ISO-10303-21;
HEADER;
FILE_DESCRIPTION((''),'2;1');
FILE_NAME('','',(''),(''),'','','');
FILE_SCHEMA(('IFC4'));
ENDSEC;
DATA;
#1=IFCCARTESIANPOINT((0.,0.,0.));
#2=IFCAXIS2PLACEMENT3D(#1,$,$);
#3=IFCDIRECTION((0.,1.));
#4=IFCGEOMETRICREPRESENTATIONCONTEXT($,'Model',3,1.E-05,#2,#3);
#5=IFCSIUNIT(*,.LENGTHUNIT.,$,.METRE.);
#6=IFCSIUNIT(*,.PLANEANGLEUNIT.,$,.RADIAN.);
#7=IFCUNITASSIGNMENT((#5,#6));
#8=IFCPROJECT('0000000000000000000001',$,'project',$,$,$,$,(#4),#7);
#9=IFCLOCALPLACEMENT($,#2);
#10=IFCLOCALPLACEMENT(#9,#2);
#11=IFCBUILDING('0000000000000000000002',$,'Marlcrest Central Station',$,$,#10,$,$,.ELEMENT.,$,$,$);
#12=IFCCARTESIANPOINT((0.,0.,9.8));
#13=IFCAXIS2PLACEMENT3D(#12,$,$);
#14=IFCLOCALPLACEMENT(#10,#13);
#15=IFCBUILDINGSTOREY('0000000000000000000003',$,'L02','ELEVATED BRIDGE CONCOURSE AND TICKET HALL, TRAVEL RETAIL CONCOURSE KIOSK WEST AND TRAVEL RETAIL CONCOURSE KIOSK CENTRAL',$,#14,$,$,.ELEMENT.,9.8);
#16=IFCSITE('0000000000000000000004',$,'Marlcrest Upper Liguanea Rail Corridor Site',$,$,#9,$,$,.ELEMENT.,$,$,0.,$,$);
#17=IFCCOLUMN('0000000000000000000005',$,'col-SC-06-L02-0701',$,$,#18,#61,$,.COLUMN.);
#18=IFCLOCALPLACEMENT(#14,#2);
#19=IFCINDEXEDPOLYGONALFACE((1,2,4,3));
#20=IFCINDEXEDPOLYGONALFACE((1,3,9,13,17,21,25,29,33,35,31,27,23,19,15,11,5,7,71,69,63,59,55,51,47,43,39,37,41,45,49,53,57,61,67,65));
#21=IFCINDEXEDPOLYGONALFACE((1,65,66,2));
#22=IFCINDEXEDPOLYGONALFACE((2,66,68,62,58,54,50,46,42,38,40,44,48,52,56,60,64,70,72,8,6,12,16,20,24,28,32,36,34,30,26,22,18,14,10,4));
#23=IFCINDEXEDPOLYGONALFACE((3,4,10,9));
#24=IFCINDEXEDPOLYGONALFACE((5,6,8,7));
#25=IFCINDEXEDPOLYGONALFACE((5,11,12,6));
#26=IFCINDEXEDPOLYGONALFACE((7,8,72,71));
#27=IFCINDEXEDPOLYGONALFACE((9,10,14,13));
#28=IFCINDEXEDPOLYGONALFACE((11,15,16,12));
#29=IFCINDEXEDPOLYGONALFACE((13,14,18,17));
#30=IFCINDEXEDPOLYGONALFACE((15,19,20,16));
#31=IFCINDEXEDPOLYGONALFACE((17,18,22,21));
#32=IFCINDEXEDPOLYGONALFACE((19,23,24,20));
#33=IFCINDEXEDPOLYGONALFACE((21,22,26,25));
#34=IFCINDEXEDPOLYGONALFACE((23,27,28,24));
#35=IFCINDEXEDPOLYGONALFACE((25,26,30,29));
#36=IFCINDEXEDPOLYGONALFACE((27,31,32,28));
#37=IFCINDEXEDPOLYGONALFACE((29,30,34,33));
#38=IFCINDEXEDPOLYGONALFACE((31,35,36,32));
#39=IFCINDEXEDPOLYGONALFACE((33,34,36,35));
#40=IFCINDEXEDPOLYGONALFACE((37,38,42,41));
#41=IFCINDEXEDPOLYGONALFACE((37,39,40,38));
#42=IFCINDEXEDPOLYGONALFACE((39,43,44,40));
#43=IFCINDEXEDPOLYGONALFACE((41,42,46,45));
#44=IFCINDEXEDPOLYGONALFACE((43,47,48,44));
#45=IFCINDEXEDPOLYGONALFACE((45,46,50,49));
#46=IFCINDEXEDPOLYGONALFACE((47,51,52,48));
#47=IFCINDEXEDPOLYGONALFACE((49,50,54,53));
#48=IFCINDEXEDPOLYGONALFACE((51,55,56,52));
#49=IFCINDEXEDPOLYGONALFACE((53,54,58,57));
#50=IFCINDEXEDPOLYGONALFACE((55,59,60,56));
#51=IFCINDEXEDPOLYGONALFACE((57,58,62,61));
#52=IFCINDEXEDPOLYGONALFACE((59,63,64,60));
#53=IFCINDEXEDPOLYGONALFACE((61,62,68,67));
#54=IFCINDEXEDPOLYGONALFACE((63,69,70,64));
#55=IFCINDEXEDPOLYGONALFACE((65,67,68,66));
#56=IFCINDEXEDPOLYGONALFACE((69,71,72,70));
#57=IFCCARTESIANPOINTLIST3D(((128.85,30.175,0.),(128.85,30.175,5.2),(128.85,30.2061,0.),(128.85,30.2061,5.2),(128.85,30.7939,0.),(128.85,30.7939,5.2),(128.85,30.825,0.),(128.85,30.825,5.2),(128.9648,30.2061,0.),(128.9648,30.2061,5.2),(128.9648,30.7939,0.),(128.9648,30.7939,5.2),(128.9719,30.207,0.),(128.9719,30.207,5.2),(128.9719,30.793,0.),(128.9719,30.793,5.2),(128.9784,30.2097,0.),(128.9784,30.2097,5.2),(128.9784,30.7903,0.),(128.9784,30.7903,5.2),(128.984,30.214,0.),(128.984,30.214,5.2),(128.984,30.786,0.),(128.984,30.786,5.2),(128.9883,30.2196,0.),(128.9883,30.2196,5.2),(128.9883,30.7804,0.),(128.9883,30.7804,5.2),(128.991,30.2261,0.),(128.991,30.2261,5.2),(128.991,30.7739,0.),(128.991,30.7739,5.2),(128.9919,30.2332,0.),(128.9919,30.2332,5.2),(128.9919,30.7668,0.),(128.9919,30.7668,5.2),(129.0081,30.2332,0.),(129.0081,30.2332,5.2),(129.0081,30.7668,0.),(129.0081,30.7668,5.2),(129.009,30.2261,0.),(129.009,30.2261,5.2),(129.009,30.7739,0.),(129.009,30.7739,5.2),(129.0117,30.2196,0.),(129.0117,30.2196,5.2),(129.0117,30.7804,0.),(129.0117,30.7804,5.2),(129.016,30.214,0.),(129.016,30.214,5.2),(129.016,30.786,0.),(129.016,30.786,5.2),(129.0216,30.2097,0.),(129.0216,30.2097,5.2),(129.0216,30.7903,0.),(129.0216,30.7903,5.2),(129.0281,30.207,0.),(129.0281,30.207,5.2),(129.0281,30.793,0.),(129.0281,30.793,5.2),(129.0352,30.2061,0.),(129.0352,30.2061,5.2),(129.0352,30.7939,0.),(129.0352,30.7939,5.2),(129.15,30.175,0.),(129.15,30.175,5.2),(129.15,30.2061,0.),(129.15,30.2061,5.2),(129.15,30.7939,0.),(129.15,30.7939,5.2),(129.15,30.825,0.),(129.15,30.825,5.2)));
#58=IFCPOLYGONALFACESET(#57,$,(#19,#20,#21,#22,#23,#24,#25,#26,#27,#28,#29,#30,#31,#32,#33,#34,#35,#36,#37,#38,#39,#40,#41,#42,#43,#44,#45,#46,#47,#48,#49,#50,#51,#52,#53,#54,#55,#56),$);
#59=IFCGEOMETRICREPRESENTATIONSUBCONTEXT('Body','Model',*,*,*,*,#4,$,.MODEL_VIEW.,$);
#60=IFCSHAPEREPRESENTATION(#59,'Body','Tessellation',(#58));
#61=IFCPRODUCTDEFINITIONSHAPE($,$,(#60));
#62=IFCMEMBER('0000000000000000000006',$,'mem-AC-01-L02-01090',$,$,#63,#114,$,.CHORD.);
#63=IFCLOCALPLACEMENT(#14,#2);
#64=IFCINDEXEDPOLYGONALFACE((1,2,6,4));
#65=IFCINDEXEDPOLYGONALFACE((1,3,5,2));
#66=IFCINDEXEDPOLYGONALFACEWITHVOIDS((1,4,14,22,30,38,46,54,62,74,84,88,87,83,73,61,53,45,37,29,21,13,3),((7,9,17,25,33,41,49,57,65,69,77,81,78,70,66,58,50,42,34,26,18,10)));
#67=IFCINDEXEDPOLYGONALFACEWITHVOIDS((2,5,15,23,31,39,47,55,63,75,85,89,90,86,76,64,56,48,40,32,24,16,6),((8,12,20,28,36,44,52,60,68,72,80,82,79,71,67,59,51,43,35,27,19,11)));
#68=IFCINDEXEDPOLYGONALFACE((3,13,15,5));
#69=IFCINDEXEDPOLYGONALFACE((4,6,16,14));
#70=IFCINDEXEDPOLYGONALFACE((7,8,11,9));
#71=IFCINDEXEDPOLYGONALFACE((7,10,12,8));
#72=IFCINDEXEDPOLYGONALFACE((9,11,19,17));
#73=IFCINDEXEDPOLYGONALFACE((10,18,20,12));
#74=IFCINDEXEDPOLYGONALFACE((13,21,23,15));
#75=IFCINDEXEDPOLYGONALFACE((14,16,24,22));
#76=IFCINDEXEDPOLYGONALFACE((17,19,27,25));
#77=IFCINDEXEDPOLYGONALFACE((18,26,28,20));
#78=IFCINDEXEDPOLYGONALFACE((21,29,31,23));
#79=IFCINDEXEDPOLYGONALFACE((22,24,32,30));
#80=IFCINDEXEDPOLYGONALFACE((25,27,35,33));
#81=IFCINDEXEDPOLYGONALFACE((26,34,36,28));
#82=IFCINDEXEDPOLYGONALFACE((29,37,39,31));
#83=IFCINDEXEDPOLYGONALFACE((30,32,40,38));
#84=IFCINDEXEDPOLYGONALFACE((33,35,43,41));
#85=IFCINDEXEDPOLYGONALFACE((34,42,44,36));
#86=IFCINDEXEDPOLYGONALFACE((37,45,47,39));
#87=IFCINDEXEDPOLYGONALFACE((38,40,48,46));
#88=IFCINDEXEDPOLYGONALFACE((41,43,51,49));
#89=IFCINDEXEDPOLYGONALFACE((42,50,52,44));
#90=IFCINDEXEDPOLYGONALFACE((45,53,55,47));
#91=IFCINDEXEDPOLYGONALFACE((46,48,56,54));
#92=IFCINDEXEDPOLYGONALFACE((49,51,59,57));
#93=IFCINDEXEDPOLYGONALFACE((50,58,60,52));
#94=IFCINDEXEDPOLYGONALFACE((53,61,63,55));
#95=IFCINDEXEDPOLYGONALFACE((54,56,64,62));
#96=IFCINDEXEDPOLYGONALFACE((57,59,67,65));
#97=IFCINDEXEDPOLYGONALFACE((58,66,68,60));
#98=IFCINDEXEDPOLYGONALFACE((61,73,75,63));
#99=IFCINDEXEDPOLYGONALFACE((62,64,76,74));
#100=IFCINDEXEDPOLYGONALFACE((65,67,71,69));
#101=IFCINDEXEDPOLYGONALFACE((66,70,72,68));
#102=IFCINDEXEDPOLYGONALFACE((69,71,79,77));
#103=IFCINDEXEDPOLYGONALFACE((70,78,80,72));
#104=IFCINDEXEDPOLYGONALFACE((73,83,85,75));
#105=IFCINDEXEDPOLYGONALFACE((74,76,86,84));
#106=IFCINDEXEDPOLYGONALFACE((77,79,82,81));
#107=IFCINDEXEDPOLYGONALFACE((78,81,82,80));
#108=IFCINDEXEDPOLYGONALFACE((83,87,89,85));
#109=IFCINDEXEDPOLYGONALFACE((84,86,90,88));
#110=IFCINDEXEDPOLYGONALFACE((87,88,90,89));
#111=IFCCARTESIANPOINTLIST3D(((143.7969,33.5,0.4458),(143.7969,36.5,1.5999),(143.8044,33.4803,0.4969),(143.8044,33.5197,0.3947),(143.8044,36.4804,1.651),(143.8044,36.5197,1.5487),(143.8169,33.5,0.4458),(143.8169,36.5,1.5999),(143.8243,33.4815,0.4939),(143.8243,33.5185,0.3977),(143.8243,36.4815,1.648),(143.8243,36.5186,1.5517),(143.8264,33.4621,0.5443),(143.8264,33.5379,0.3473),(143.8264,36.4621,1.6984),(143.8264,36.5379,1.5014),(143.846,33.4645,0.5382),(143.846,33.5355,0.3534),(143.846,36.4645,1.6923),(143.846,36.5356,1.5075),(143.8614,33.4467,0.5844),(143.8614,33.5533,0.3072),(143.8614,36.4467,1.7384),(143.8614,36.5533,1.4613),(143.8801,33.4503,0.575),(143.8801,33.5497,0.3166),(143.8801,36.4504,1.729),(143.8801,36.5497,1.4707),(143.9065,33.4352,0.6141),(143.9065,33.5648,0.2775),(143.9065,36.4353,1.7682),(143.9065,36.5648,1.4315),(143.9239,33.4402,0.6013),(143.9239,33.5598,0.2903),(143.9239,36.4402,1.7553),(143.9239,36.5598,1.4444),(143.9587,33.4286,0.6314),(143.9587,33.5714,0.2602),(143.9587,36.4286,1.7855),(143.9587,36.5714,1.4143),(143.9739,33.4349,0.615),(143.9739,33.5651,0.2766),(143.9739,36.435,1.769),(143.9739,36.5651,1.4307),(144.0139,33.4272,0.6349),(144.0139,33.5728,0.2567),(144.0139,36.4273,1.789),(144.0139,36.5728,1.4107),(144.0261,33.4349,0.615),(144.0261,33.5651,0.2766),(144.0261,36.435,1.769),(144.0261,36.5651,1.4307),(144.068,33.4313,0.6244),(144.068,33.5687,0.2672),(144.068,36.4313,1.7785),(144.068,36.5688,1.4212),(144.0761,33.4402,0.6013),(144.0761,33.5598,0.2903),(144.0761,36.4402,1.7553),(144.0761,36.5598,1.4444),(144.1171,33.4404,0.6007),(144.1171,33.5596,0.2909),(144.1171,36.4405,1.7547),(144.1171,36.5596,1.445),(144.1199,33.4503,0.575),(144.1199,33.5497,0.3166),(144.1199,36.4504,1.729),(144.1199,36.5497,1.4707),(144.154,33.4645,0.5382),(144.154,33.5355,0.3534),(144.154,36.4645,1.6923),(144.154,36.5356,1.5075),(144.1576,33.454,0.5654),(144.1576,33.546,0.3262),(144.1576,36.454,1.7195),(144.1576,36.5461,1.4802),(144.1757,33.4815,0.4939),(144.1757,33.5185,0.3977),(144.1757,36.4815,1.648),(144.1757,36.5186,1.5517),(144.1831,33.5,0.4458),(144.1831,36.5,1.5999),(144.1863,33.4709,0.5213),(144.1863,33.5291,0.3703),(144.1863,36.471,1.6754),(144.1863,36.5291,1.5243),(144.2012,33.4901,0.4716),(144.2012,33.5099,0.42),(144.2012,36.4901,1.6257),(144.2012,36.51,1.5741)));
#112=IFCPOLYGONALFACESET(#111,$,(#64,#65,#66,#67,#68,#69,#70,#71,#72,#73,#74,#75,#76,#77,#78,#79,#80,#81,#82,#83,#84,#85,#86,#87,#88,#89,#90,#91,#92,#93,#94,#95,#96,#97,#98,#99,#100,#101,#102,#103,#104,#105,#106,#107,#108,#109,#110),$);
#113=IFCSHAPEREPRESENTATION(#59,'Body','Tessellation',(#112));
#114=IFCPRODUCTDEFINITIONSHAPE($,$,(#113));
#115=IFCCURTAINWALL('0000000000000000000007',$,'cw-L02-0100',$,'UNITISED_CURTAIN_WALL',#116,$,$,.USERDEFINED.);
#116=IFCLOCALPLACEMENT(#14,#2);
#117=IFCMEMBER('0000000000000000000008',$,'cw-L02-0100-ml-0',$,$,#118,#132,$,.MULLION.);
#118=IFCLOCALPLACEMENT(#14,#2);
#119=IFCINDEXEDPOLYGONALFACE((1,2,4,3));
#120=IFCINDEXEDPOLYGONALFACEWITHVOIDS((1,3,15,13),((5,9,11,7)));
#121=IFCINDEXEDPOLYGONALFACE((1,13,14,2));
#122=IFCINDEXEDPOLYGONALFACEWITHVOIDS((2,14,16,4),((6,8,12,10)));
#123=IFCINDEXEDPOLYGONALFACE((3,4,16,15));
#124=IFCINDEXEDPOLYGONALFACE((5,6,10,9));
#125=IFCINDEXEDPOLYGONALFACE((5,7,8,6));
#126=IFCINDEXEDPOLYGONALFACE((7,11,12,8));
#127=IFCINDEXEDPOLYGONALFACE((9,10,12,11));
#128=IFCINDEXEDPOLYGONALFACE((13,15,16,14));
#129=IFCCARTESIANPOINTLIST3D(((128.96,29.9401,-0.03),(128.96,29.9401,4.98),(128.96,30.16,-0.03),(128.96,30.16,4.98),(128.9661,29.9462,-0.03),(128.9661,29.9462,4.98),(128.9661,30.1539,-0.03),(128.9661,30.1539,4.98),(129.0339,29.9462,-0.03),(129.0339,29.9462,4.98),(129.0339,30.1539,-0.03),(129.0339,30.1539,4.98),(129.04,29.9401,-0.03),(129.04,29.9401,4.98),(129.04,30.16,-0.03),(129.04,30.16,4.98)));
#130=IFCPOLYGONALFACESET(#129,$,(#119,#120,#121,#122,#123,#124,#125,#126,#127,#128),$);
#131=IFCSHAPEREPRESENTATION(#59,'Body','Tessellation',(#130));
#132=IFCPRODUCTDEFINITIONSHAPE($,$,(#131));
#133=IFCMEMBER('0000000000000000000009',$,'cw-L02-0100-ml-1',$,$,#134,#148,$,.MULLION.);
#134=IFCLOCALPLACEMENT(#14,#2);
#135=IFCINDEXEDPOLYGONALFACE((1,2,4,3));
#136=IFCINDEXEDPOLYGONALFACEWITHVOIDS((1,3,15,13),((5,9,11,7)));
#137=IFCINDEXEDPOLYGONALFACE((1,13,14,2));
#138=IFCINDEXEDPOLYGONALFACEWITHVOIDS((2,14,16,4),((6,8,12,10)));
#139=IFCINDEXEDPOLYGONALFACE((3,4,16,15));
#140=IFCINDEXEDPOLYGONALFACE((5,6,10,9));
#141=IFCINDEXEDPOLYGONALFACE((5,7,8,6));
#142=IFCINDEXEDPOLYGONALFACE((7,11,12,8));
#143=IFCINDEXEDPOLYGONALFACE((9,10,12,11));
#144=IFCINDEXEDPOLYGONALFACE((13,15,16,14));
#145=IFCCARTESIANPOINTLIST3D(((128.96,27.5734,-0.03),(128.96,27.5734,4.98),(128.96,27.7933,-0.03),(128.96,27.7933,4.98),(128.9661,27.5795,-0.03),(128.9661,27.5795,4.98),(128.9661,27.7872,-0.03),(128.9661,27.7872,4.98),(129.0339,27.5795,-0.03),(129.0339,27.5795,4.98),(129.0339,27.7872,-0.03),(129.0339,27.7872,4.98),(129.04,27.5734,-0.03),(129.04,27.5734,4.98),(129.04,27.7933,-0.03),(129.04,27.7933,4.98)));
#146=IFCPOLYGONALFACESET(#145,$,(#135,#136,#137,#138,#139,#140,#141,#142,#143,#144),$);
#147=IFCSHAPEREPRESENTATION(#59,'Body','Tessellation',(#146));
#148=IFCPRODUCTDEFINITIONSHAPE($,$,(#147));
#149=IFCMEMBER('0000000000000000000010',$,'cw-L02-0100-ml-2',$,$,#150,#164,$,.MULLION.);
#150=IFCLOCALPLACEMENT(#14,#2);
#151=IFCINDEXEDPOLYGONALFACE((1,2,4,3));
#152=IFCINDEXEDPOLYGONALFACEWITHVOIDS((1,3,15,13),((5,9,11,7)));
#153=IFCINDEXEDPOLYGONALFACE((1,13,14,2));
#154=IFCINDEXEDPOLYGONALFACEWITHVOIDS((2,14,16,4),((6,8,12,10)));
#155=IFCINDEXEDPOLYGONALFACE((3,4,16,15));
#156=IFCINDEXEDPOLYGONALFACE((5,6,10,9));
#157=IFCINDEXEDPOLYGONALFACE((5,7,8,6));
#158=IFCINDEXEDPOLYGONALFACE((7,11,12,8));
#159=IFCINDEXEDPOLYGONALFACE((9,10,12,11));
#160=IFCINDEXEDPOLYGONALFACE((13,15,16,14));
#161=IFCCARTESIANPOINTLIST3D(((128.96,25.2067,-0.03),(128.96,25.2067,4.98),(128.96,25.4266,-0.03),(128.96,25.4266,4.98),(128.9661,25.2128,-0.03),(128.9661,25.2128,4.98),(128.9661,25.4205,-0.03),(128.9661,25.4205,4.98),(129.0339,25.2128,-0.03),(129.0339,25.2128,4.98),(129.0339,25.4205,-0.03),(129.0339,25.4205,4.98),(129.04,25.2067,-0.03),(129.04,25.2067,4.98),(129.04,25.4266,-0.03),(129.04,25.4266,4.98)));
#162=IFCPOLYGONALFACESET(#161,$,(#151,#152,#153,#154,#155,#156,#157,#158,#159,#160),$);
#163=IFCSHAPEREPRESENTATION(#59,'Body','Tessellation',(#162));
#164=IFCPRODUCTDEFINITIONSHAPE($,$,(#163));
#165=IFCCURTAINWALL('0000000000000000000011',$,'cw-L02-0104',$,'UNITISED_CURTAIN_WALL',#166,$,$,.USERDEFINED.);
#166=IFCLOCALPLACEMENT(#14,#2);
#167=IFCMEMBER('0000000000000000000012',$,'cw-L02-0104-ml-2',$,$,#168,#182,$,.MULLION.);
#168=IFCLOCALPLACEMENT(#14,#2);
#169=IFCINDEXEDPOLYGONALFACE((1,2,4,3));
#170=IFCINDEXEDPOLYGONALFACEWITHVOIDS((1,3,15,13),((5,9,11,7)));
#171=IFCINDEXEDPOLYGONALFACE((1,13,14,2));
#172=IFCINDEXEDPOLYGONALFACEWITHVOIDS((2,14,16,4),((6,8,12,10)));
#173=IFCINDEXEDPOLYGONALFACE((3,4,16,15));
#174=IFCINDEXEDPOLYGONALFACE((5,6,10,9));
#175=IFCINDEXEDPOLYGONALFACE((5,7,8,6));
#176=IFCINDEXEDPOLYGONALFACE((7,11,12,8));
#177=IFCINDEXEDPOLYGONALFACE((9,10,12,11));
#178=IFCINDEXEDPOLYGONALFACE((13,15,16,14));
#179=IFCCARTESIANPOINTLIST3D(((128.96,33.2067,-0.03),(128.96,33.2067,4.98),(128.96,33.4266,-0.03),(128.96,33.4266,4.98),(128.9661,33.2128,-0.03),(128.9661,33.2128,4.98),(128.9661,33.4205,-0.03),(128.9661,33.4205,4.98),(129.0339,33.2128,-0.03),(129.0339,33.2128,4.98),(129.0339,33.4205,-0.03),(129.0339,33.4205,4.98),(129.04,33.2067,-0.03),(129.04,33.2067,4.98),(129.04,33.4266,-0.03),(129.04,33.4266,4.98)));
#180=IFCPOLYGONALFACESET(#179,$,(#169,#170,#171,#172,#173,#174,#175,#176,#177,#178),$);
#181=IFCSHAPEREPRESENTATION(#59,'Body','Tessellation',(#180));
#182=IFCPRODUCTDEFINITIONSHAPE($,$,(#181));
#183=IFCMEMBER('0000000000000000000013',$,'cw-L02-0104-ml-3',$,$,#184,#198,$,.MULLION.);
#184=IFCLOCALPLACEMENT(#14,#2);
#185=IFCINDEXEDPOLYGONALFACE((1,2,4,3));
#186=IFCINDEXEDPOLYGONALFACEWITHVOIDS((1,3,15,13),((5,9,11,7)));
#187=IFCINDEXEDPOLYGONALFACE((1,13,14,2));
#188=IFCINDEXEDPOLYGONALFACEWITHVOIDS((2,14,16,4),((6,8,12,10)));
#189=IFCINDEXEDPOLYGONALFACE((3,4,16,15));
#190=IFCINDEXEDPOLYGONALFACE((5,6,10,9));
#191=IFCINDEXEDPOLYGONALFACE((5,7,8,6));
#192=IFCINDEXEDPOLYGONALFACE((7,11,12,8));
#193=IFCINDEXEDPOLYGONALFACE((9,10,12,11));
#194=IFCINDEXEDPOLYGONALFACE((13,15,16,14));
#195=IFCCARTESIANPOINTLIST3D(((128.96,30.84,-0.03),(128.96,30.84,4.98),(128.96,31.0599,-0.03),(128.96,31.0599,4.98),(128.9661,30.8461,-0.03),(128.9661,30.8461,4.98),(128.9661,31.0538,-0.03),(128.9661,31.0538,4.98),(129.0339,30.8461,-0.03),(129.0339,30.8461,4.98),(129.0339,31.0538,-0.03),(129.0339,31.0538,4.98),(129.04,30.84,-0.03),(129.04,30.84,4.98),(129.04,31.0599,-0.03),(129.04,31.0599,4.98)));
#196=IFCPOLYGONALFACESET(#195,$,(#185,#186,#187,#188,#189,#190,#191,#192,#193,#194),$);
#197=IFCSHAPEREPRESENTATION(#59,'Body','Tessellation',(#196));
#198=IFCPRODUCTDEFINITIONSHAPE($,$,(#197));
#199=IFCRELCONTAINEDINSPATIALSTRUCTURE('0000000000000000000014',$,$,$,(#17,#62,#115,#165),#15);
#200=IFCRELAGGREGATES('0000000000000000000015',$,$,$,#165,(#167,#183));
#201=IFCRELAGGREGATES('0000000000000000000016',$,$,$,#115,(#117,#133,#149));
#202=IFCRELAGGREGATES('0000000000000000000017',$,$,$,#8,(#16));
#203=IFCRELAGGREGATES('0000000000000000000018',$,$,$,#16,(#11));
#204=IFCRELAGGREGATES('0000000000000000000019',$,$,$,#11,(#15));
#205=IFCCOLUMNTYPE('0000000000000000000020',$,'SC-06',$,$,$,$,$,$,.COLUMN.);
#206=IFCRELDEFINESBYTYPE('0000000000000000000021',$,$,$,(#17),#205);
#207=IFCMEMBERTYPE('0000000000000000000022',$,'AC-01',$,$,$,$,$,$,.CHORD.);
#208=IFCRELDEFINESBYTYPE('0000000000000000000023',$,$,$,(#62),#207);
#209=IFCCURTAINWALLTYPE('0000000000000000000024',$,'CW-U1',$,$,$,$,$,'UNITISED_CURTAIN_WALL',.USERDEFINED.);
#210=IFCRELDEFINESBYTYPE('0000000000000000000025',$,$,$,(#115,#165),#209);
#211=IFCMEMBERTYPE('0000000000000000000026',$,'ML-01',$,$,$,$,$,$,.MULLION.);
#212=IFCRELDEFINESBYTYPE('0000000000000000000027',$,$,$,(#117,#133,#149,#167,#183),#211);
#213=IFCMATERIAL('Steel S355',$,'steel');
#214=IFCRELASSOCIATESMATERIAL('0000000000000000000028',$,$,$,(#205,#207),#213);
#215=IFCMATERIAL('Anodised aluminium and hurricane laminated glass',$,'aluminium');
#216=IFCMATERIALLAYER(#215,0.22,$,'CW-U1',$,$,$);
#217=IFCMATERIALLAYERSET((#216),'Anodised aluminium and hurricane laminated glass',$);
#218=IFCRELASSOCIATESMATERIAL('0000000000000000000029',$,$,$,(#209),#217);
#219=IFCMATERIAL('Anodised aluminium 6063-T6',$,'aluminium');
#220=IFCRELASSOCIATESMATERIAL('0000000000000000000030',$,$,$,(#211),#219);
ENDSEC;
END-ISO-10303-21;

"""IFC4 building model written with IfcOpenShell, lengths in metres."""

from ifc_helpers import new_model, si_unit, direction, frame, origin, origin_2d, place, context, subcontext, project, spatial, hollow_rectangle, hollow_circle, i_section, extrude, material, layer, layer_set, material_profile, profile_set, type_object, element, aggregate, save


model = new_model("IFC4")

# Units and contexts
model_context = context("Model", 3, precision=1e-05, world=origin(), true_north=direction((0.0, 1.0)))
body_context = subcontext(model_context, "Body", "Model", "MODEL_VIEW")
ifc_project = project(units=[si_unit("LENGTHUNIT", "METRE"), si_unit("PLANEANGLEUNIT", "RADIAN")], contexts=[model_context])

# Site, building, storey
site_placement = place(None, origin())
site = spatial("IfcSite", under=ifc_project, at=site_placement, Name="Marlcrest Upper Liguanea Rail Corridor Site", CompositionType="ELEMENT", RefElevation=0.0)
building_placement = place(site_placement, origin())
building = spatial("IfcBuilding", under=site, at=building_placement, Name="Marlcrest Central Station", CompositionType="ELEMENT")
storey_placement = place(building_placement, frame((0.0, 0.0, 9.8)))
storey = spatial("IfcBuildingStorey", under=building, at=storey_placement, Name="L02", Description="ELEVATED BRIDGE CONCOURSE AND TICKET HALL, TRAVEL RETAIL CONCOURSE KIOSK WEST AND TRAVEL RETAIL CONCOURSE KIOSK CENTRAL", CompositionType="ELEMENT", Elevation=9.8)

# Column
ifc_material_1 = material(Name="Steel S355", Category="steel")
ifc_material_profile_1 = material_profile(ifc_material_1, i_section(OverallWidth=0.3, OverallDepth=0.6499, WebThickness=0.0161, FlangeThickness=0.031, FilletRadius=0.0271, at=origin_2d()), Name="HEB 650")
ifc_profile_set_1 = profile_set([ifc_material_profile_1], Name="Steel S355")
column_type = type_object("IfcColumnType", Name="SC-06", PredefinedType="COLUMN", material=ifc_profile_set_1)
column_placement = place(storey_placement, frame((129.0, 30.5, 0.0), z_axis=(0.0, 0.0, 1.0), x_axis=(1.0, 0.0, 0.0)))
element("IfcColumn", 1, at=column_placement, inside=storey, type_object=column_type, Name="col-SC-06-L02-0701", PredefinedType="COLUMN", context=body_context, shape_type="SweptSolid", body=[
    extrude(i_section(OverallWidth=0.3, OverallDepth=0.6499, WebThickness=0.0161, FlangeThickness=0.031, FilletRadius=0.0271, at=origin_2d()), origin(), (0.0, 0.0, 1.0), 5.2),
])

# Member
ifc_material_profile_2 = material_profile(ifc_material_1, hollow_circle(Radius=0.2031, WallThickness=0.02, at=origin_2d()), Name="CHS 406.4x20")
ifc_profile_set_2 = profile_set([ifc_material_profile_2], Name="Steel S355")
member_type_1 = type_object("IfcMemberType", Name="AC-01", PredefinedType="CHORD", material=ifc_profile_set_2)
member_1_placement = place(storey_placement, frame((144.0, 33.5, 0.4458), z_axis=(0.0, 0.933324, 0.359035), x_axis=(-1.0, 0.0, 0.0)))
element("IfcMember", 2, at=member_1_placement, inside=storey, type_object=member_type_1, Name="mem-AC-01-L02-01090", PredefinedType="CHORD", context=body_context, shape_type="SweptSolid", body=[
    extrude(hollow_circle(Radius=0.2031, WallThickness=0.02, at=origin_2d()), origin(), (0.0, 0.0, 1.0), 3.2144),
])

# Curtain walls, members
ifc_material_2 = material(Name="Anodised aluminium and hurricane laminated glass", Category="aluminium")
ifc_layer_1 = layer(ifc_material_2, 0.22, Name="CW-U1")
ifc_layer_set_1 = layer_set([ifc_layer_1], Name="Anodised aluminium and hurricane laminated glass")
curtain_wall_type = type_object("IfcCurtainWallType", Name="CW-U1", ElementType="UNITISED_CURTAIN_WALL", PredefinedType="USERDEFINED", material=ifc_layer_set_1)
curtain_wall_1_placement = place(storey_placement, origin())
curtain_wall_1 = element("IfcCurtainWall", 3, at=curtain_wall_1_placement, inside=storey, type_object=curtain_wall_type, Name="cw-L02-0100", ObjectType="UNITISED_CURTAIN_WALL", PredefinedType="USERDEFINED")
ifc_material_3 = material(Name="Anodised aluminium 6063-T6", Category="aluminium")
ifc_material_profile_3 = material_profile(ifc_material_3, hollow_rectangle(XDim=0.0801, YDim=0.22, WallThickness=0.0061, at=origin_2d()), Name="AA-RHS 220x80x6")
ifc_profile_set_3 = profile_set([ifc_material_profile_3], Name="Anodised aluminium 6063-T6")
member_type_2 = type_object("IfcMemberType", Name="ML-01", PredefinedType="MULLION", material=ifc_profile_set_3)
member_2_placement = place(storey_placement, frame((129.0, 30.05, -0.03), z_axis=(0.0, 0.0, 1.0), x_axis=(1.0, 0.0, 0.0)))
member_2 = element("IfcMember", 4, at=member_2_placement, type_object=member_type_2, Name="cw-L02-0100-ml-0", PredefinedType="MULLION", context=body_context, shape_type="SweptSolid", body=[
    extrude(hollow_rectangle(XDim=0.0801, YDim=0.22, WallThickness=0.0061, at=origin_2d()), origin(), (0.0, 0.0, 1.0), 5.01),
])
member_3_placement = place(storey_placement, frame((129.0, 27.6833, -0.03), z_axis=(0.0, 0.0, 1.0), x_axis=(1.0, 0.0, 0.0)))
member_3 = element("IfcMember", 5, at=member_3_placement, type_object=member_type_2, Name="cw-L02-0100-ml-1", PredefinedType="MULLION", context=body_context, shape_type="SweptSolid", body=[
    extrude(hollow_rectangle(XDim=0.0801, YDim=0.22, WallThickness=0.0061, at=origin_2d()), origin(), (0.0, 0.0, 1.0), 5.01),
])
member_4_placement = place(storey_placement, frame((129.0, 25.3167, -0.03), z_axis=(0.0, 0.0, 1.0), x_axis=(1.0, 0.0, 0.0)))
member_4 = element("IfcMember", 6, at=member_4_placement, type_object=member_type_2, Name="cw-L02-0100-ml-2", PredefinedType="MULLION", context=body_context, shape_type="SweptSolid", body=[
    extrude(hollow_rectangle(XDim=0.0801, YDim=0.22, WallThickness=0.0061, at=origin_2d()), origin(), (0.0, 0.0, 1.0), 5.01),
])
curtain_wall_2_placement = place(storey_placement, origin())
curtain_wall_2 = element("IfcCurtainWall", 7, at=curtain_wall_2_placement, inside=storey, type_object=curtain_wall_type, Name="cw-L02-0104", ObjectType="UNITISED_CURTAIN_WALL", PredefinedType="USERDEFINED")
member_5_placement = place(storey_placement, frame((129.0, 33.3167, -0.03), z_axis=(0.0, 0.0, 1.0), x_axis=(1.0, 0.0, 0.0)))
member_5 = element("IfcMember", 8, at=member_5_placement, type_object=member_type_2, Name="cw-L02-0104-ml-2", PredefinedType="MULLION", context=body_context, shape_type="SweptSolid", body=[
    extrude(hollow_rectangle(XDim=0.0801, YDim=0.22, WallThickness=0.0061, at=origin_2d()), origin(), (0.0, 0.0, 1.0), 5.01),
])
member_6_placement = place(storey_placement, frame((129.0, 30.95, -0.03), z_axis=(0.0, 0.0, 1.0), x_axis=(1.0, 0.0, 0.0)))
member_6 = element("IfcMember", 9, at=member_6_placement, type_object=member_type_2, Name="cw-L02-0104-ml-3", PredefinedType="MULLION", context=body_context, shape_type="SweptSolid", body=[
    extrude(hollow_rectangle(XDim=0.0801, YDim=0.22, WallThickness=0.0061, at=origin_2d()), origin(), (0.0, 0.0, 1.0), 5.01),
])

aggregate(curtain_wall_2, [member_5, member_6])
aggregate(curtain_wall_1, [member_2, member_3, member_4])

save(model, "model.ifc")
